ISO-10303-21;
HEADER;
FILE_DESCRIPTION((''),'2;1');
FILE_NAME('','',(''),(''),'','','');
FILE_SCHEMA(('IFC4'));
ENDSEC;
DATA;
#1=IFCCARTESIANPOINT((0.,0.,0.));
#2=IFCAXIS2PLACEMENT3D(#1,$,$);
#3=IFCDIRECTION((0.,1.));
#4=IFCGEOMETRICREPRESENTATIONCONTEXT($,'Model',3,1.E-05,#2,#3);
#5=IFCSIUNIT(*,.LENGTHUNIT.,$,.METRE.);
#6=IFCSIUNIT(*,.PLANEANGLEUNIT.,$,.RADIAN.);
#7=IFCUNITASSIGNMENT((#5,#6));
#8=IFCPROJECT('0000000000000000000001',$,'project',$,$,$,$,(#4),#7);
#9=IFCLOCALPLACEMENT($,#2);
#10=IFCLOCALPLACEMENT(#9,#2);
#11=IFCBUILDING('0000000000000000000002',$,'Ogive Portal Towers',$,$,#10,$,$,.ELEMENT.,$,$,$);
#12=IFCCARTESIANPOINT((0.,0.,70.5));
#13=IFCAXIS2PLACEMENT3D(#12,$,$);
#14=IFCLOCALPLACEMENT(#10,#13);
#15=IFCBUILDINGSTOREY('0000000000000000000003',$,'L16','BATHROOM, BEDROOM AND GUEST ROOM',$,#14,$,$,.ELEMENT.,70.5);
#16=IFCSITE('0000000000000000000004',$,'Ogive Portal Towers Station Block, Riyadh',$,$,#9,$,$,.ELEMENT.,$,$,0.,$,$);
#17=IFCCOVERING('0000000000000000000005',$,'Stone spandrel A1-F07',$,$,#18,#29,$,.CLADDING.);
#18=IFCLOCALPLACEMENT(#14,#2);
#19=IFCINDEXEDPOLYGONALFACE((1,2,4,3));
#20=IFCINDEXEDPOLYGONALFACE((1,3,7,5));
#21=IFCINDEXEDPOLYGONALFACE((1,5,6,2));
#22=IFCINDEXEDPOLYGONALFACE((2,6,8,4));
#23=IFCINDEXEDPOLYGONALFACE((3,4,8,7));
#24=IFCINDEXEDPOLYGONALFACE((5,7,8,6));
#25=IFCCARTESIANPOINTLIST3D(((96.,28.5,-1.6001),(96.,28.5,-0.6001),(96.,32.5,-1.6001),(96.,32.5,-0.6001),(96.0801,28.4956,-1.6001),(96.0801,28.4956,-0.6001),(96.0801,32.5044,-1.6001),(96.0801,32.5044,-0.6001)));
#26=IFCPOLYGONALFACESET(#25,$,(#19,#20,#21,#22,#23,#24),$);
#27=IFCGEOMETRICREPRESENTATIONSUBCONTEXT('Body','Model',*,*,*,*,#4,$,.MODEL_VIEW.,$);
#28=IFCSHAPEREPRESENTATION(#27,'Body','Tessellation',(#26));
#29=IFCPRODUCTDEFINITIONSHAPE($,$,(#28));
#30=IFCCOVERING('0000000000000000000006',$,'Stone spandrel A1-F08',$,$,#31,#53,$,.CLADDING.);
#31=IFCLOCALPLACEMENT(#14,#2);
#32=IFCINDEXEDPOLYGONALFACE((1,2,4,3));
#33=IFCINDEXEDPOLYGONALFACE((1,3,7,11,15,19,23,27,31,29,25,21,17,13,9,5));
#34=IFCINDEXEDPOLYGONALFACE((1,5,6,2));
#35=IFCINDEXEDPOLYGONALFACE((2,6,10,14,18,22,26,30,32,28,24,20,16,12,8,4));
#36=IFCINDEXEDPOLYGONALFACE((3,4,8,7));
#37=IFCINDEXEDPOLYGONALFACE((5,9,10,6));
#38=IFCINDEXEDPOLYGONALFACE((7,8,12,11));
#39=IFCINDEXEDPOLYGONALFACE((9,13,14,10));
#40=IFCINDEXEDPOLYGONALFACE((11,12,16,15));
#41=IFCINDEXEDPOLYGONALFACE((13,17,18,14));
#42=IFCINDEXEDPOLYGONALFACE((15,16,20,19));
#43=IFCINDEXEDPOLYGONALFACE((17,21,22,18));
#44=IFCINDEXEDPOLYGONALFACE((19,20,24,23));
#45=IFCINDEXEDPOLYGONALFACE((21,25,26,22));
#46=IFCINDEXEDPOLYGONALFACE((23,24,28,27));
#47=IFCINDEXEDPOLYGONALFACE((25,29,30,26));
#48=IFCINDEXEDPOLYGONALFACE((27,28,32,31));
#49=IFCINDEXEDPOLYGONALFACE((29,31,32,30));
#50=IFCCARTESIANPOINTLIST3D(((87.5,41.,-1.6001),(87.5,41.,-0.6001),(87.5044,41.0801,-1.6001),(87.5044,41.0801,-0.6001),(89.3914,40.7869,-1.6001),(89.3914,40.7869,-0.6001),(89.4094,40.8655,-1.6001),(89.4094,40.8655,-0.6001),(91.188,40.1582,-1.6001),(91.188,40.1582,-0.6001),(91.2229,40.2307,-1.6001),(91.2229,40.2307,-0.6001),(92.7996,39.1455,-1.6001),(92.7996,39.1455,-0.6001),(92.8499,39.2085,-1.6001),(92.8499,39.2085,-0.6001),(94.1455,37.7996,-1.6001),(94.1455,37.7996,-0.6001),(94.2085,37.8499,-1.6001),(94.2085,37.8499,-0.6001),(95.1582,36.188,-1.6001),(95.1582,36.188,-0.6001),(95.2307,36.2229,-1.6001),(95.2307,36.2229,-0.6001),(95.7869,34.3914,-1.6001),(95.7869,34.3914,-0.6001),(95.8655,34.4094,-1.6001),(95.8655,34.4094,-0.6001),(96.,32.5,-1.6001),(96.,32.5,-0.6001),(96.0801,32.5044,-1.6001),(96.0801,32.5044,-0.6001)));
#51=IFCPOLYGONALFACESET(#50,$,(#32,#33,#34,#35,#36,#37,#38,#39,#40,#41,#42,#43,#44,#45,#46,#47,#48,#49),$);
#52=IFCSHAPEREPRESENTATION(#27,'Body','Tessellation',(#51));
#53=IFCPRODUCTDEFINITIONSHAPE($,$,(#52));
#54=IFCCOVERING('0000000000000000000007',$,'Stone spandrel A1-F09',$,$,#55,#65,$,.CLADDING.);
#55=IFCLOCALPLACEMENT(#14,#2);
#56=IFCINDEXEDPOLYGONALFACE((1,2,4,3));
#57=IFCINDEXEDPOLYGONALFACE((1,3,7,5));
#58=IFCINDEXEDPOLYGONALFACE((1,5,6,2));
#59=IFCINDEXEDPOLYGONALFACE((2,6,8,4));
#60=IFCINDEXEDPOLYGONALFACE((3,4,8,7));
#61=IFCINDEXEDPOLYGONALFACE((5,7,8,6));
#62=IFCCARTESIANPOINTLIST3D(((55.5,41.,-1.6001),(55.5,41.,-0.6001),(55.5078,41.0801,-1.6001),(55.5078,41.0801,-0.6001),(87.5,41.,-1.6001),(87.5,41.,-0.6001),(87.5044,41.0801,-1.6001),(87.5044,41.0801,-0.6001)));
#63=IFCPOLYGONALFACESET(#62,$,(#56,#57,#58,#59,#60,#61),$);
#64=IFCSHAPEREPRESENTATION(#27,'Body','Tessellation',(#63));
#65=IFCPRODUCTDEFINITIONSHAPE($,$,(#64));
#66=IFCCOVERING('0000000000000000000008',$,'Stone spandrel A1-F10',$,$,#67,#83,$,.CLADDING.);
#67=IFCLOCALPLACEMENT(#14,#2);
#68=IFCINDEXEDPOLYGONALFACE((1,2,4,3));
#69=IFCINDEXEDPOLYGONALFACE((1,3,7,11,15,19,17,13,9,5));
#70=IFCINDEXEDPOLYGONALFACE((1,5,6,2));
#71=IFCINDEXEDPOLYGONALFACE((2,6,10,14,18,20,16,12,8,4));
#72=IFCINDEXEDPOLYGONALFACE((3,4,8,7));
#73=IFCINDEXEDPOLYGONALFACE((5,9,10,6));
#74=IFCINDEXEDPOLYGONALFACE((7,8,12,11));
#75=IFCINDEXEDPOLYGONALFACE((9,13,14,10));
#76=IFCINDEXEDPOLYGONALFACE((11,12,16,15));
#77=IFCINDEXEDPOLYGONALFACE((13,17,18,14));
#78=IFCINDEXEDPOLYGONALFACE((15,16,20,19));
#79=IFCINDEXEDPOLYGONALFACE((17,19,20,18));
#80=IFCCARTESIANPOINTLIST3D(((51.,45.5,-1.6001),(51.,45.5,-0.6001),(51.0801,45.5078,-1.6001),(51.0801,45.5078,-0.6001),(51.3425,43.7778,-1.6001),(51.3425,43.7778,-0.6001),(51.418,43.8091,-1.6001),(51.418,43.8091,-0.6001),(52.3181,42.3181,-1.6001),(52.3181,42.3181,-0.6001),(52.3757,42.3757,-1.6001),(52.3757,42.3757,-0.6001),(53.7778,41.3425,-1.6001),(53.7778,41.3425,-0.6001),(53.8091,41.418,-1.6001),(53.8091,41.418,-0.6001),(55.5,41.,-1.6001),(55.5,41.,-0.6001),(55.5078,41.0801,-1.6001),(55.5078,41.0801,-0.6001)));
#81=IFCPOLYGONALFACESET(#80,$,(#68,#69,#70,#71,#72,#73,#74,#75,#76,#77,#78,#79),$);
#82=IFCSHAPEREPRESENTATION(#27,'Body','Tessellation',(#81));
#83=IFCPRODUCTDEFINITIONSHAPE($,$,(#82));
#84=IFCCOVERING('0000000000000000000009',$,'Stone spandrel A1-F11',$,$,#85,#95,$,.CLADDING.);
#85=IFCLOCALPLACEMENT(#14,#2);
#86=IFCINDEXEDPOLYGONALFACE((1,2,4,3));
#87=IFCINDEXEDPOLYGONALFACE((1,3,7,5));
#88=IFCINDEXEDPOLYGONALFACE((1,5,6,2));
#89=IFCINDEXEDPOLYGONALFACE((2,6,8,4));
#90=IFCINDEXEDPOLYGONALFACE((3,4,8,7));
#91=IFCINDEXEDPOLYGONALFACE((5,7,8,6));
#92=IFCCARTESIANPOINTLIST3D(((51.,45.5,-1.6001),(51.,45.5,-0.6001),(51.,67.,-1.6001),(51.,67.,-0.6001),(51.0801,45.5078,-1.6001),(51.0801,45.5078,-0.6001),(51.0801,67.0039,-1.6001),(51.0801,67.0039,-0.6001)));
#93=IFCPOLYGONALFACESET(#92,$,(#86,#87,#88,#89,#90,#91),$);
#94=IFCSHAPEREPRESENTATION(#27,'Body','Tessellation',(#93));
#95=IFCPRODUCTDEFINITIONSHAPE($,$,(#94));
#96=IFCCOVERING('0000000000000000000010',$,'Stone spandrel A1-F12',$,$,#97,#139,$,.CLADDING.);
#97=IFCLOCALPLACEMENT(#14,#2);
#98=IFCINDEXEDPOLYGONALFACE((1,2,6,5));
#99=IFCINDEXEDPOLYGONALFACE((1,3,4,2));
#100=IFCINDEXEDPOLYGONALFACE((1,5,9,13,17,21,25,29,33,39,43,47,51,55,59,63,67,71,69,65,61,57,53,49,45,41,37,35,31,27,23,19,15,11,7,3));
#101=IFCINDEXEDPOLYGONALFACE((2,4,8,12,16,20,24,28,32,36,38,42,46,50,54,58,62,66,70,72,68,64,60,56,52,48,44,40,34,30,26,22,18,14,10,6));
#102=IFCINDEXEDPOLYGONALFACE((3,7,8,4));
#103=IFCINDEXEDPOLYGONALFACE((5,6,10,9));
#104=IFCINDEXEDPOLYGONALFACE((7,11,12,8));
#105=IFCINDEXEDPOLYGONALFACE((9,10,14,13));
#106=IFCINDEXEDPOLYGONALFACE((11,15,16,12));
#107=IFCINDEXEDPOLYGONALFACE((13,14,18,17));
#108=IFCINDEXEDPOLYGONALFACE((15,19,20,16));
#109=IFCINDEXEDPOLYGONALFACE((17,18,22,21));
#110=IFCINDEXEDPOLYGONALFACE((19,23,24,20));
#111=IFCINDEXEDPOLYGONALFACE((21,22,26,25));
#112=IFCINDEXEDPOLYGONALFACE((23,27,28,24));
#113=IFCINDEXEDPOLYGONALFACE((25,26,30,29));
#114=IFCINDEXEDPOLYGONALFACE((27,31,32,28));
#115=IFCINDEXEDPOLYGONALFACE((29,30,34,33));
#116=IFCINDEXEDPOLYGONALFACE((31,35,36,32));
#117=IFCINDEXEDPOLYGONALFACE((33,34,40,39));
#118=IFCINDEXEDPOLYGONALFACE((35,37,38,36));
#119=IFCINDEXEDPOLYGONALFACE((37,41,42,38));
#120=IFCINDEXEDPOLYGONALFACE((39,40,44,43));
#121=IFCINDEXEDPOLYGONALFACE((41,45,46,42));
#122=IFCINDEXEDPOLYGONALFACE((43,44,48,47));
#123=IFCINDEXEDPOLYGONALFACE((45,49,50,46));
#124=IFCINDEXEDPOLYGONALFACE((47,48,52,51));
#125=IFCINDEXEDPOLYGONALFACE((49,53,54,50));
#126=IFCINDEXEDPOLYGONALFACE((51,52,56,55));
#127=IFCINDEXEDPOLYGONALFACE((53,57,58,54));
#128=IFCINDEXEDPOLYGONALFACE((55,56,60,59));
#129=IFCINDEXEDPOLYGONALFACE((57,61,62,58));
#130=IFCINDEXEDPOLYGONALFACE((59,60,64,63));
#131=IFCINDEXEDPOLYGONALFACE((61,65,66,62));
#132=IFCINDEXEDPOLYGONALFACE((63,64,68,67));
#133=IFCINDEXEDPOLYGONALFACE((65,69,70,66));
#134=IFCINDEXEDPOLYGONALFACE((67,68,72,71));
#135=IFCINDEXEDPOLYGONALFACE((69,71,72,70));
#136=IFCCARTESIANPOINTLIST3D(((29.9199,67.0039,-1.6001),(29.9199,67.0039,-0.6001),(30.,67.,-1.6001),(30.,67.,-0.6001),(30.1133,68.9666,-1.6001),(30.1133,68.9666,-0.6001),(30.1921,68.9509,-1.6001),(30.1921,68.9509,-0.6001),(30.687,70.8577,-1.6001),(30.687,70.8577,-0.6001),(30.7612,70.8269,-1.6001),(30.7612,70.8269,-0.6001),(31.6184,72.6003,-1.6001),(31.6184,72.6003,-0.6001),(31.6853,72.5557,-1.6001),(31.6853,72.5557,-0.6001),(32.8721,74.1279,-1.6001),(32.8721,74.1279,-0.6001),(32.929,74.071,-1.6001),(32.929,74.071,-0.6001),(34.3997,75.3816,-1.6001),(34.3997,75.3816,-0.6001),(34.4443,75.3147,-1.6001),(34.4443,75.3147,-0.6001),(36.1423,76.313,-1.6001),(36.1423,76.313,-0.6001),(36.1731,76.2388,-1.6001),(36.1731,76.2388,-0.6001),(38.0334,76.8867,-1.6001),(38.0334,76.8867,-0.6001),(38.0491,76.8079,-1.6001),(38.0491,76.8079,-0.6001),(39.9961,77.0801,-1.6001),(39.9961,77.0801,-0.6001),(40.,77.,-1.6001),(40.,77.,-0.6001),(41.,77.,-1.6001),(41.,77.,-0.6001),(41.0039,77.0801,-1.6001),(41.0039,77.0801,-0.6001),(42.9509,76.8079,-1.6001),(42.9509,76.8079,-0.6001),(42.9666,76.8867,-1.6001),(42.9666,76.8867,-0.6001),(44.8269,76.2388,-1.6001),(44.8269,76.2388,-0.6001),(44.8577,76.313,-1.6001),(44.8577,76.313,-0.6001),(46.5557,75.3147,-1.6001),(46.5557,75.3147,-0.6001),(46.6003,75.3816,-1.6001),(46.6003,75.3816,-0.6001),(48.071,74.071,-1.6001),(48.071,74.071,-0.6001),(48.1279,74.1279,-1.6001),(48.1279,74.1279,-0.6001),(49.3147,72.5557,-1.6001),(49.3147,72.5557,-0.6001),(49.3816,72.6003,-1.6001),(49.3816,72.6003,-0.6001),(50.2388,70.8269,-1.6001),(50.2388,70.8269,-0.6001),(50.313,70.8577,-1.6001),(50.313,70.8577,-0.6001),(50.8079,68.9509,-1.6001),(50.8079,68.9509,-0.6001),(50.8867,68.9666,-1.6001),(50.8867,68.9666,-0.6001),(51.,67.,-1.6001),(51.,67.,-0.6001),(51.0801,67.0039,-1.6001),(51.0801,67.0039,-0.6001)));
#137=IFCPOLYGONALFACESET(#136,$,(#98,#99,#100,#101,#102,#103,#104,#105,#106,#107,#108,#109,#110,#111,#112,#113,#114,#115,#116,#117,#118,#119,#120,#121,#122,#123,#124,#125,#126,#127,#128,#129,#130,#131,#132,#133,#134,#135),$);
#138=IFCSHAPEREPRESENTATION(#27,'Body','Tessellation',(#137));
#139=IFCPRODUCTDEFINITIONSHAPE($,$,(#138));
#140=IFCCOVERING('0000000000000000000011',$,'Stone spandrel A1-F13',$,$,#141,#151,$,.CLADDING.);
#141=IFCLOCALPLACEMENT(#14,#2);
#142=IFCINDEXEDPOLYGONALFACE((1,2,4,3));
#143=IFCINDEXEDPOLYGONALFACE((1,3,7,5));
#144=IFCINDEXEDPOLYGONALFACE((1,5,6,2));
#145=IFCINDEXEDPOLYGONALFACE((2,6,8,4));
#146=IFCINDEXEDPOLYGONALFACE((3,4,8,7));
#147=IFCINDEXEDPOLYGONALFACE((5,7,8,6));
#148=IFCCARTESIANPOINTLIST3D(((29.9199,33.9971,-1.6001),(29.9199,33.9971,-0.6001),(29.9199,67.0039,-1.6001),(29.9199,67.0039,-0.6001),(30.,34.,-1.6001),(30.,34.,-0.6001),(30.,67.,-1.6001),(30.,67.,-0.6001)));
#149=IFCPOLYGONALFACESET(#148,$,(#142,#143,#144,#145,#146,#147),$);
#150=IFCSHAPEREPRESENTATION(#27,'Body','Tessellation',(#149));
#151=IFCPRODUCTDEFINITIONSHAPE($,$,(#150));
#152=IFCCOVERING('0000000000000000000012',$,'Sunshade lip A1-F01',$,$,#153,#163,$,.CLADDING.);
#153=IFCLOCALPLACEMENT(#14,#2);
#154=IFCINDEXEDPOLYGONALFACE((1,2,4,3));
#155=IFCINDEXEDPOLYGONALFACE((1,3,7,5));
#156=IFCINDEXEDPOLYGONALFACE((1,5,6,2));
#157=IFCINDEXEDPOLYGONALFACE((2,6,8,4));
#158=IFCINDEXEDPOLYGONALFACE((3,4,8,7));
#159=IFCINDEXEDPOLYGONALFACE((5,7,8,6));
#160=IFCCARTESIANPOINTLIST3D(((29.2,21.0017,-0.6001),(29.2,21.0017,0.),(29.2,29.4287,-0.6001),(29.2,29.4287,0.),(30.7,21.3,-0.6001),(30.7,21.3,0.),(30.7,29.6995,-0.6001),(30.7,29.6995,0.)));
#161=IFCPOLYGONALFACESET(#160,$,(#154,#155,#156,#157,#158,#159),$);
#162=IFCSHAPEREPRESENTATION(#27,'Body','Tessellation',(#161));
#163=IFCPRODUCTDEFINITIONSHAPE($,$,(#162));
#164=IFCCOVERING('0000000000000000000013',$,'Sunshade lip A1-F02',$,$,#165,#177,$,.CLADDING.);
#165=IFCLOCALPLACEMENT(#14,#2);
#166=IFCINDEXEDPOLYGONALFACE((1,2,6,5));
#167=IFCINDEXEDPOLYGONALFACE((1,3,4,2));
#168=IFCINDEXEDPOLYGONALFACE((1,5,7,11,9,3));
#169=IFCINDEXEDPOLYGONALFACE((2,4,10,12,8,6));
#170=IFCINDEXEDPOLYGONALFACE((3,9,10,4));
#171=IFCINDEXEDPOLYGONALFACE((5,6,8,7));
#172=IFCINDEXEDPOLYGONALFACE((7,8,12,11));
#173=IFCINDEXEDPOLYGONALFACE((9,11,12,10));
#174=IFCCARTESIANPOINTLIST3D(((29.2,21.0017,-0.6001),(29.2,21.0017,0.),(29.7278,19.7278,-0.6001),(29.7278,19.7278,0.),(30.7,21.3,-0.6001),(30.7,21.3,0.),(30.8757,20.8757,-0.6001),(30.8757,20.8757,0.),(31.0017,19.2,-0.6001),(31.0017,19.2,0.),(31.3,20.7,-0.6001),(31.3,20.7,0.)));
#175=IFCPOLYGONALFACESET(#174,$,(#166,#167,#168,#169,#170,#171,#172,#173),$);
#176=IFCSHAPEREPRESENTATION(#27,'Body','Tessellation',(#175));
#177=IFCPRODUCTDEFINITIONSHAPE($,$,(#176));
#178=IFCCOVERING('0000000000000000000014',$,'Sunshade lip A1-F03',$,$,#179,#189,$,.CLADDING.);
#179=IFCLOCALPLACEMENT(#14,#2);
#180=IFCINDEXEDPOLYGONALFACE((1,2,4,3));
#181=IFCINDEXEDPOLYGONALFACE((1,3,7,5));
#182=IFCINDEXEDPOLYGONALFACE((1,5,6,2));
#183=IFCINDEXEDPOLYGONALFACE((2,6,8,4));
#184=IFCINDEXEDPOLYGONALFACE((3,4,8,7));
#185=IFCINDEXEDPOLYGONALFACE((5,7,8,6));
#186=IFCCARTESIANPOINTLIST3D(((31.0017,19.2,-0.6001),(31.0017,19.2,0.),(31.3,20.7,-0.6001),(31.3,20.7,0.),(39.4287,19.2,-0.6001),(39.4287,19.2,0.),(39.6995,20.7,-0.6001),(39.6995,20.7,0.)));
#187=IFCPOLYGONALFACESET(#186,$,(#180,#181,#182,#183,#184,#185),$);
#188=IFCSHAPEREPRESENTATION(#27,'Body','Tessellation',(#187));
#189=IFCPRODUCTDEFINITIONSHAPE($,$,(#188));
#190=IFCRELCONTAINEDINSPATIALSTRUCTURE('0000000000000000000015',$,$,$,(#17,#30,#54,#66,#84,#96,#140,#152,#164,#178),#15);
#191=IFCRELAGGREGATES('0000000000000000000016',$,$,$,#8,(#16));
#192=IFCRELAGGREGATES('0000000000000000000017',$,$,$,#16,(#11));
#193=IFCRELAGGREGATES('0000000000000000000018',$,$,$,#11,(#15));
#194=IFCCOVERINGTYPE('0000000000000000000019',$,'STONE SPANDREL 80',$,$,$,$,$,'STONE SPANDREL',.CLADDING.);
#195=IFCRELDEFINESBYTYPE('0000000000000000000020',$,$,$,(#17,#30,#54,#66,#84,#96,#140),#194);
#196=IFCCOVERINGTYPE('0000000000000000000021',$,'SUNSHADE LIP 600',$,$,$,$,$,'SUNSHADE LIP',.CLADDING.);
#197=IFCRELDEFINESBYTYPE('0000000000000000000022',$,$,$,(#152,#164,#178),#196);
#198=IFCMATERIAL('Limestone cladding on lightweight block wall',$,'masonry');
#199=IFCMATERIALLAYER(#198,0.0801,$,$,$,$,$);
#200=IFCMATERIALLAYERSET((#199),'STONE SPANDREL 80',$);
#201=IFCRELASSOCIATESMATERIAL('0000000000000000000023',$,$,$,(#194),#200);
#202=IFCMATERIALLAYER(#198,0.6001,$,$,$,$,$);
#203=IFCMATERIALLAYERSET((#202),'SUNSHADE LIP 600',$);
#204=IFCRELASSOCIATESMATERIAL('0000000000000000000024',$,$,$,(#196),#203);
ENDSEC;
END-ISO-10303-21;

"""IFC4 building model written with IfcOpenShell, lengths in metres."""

from ifc_helpers import new_model, si_unit, direction, frame, origin, place, context, subcontext, project, spatial, polyline, outline, extrude, material, layer, layer_set, type_object, element, save


model = new_model("IFC4")

# Units and contexts
model_context = context("Model", 3, precision=1e-05, world=origin(), true_north=direction((0.0, 1.0)))
body_context = subcontext(model_context, "Body", "Model", "MODEL_VIEW")
ifc_project = project(units=[si_unit("LENGTHUNIT", "METRE"), si_unit("PLANEANGLEUNIT", "RADIAN")], contexts=[model_context])

# Site, building, storey
site_placement = place(None, origin())
site = spatial("IfcSite", under=ifc_project, at=site_placement, Name="Ogive Portal Towers Station Block, Riyadh", CompositionType="ELEMENT", RefElevation=0.0)
building_placement = place(site_placement, origin())
building = spatial("IfcBuilding", under=site, at=building_placement, Name="Ogive Portal Towers", CompositionType="ELEMENT")
storey_placement = place(building_placement, frame((0.0, 0.0, 70.5)))
storey = spatial("IfcBuildingStorey", under=building, at=storey_placement, Name="L16", Description="BATHROOM, BEDROOM AND GUEST ROOM", CompositionType="ELEMENT", Elevation=70.5)

# Coverings
ifc_material_1 = material(Name="Limestone cladding on lightweight block wall", Category="masonry")
ifc_layer_1 = layer(ifc_material_1, 0.0801)
ifc_layer_set_1 = layer_set([ifc_layer_1], Name="STONE SPANDREL 80")
covering_type_1 = type_object("IfcCoveringType", Name="STONE SPANDREL 80", ElementType="STONE SPANDREL", PredefinedType="CLADDING", material=ifc_layer_set_1)
covering_1_placement = place(storey_placement, frame((0.0, 0.0, -1.6001)))
element("IfcCovering", 1, at=covering_1_placement, inside=storey, type_object=covering_type_1, Name="Stone spandrel A1-F07", PredefinedType="CLADDING", context=body_context, shape_type="SweptSolid", body=[
    extrude(outline(polyline([(96.0, 28.5), (96.0, 32.5), (96.0801, 32.5044), (96.0801, 28.4956), (96.0, 28.5)])), origin(), (0.0, 0.0, 1.0), 1.0),
])
covering_2_placement = place(storey_placement, frame((0.0, 0.0, -1.6001)))
element("IfcCovering", 2, at=covering_2_placement, inside=storey, type_object=covering_type_1, Name="Stone spandrel A1-F08", PredefinedType="CLADDING", context=body_context, shape_type="SweptSolid", body=[
    extrude(outline(polyline([(96.0, 32.5), (95.7869, 34.3914), (95.1582, 36.188), (94.1455, 37.7996), (92.7996, 39.1455), (91.188, 40.1582), (89.3914, 40.7869), (87.5, 41.0), (87.5044, 41.0801), (89.4094, 40.8655), (91.2229, 40.2307), (92.8499, 39.2085), (94.2085, 37.8499), (95.2307, 36.2229), (95.8655, 34.4094), (96.0801, 32.5044), (96.0, 32.5)])), origin(), (0.0, 0.0, 1.0), 1.0),
])
covering_3_placement = place(storey_placement, frame((0.0, 0.0, -1.6001)))
element("IfcCovering", 3, at=covering_3_placement, inside=storey, type_object=covering_type_1, Name="Stone spandrel A1-F09", PredefinedType="CLADDING", context=body_context, shape_type="SweptSolid", body=[
    extrude(outline(polyline([(87.5, 41.0), (55.5, 41.0), (55.5078, 41.0801), (87.5044, 41.0801), (87.5, 41.0)])), origin(), (0.0, 0.0, 1.0), 1.0),
])
covering_4_placement = place(storey_placement, frame((0.0, 0.0, -1.6001)))
element("IfcCovering", 4, at=covering_4_placement, inside=storey, type_object=covering_type_1, Name="Stone spandrel A1-F10", PredefinedType="CLADDING", context=body_context, shape_type="SweptSolid", body=[
    extrude(outline(polyline([(55.5, 41.0), (53.7778, 41.3425), (52.3181, 42.3181), (51.3425, 43.7778), (51.0, 45.5), (51.0801, 45.5078), (51.418, 43.8091), (52.3757, 42.3757), (53.8091, 41.418), (55.5078, 41.0801), (55.5, 41.0)])), origin(), (0.0, 0.0, 1.0), 1.0),
])
covering_5_placement = place(storey_placement, frame((0.0, 0.0, -1.6001)))
element("IfcCovering", 5, at=covering_5_placement, inside=storey, type_object=covering_type_1, Name="Stone spandrel A1-F11", PredefinedType="CLADDING", context=body_context, shape_type="SweptSolid", body=[
    extrude(outline(polyline([(51.0, 45.5), (51.0, 67.0), (51.0801, 67.0039), (51.0801, 45.5078), (51.0, 45.5)])), origin(), (0.0, 0.0, 1.0), 1.0),
])
covering_6_placement = place(storey_placement, frame((0.0, 0.0, -1.6001)))
element("IfcCovering", 6, at=covering_6_placement, inside=storey, type_object=covering_type_1, Name="Stone spandrel A1-F12", PredefinedType="CLADDING", context=body_context, shape_type="SweptSolid", body=[
    extrude(outline(polyline([(51.0, 67.0), (50.8079, 68.9509), (50.2388, 70.8269), (49.3147, 72.5557), (48.071, 74.071), (46.5557, 75.3147), (44.8269, 76.2388), (42.9509, 76.8079), (41.0, 77.0), (40.0, 77.0), (38.0491, 76.8079), (36.1731, 76.2388), (34.4443, 75.3147), (32.929, 74.071), (31.6853, 72.5557), (30.7612, 70.8269), (30.1921, 68.9509), (30.0, 67.0), (29.9199, 67.0039), (30.1133, 68.9666), (30.687, 70.8577), (31.6184, 72.6003), (32.8721, 74.1279), (34.3997, 75.3816), (36.1423, 76.313), (38.0334, 76.8867), (39.9961, 77.0801), (41.0039, 77.0801), (42.9666, 76.8867), (44.8577, 76.313), (46.6003, 75.3816), (48.1279, 74.1279), (49.3816, 72.6003), (50.313, 70.8577), (50.8867, 68.9666), (51.0801, 67.0039), (51.0, 67.0)])), origin(), (0.0, 0.0, 1.0), 1.0),
])
covering_7_placement = place(storey_placement, frame((0.0, 0.0, -1.6001)))
element("IfcCovering", 7, at=covering_7_placement, inside=storey, type_object=covering_type_1, Name="Stone spandrel A1-F13", PredefinedType="CLADDING", context=body_context, shape_type="SweptSolid", body=[
    extrude(outline(polyline([(30.0, 67.0), (30.0, 34.0), (29.9199, 33.9971), (29.9199, 67.0039), (30.0, 67.0)])), origin(), (0.0, 0.0, 1.0), 1.0),
])
ifc_layer_2 = layer(ifc_material_1, 0.6001)
ifc_layer_set_2 = layer_set([ifc_layer_2], Name="SUNSHADE LIP 600")
covering_type_2 = type_object("IfcCoveringType", Name="SUNSHADE LIP 600", ElementType="SUNSHADE LIP", PredefinedType="CLADDING", material=ifc_layer_set_2)
covering_8_placement = place(storey_placement, frame((0.0, 0.0, -0.6001)))
element("IfcCovering", 8, at=covering_8_placement, inside=storey, type_object=covering_type_2, Name="Sunshade lip A1-F01", PredefinedType="CLADDING", context=body_context, shape_type="SweptSolid", body=[
    extrude(outline(polyline([(30.7, 29.6995), (30.7, 21.3), (29.2, 21.0017), (29.2, 29.4287), (30.7, 29.6995)])), origin(), (0.0, 0.0, 1.0), 0.6001),
])
covering_9_placement = place(storey_placement, frame((0.0, 0.0, -0.6001)))
element("IfcCovering", 9, at=covering_9_placement, inside=storey, type_object=covering_type_2, Name="Sunshade lip A1-F02", PredefinedType="CLADDING", context=body_context, shape_type="SweptSolid", body=[
    extrude(outline(polyline([(30.7, 21.3), (30.8757, 20.8757), (31.3, 20.7), (31.0017, 19.2), (29.7278, 19.7278), (29.2, 21.0017), (30.7, 21.3)])), origin(), (0.0, 0.0, 1.0), 0.6001),
])
covering_10_placement = place(storey_placement, frame((0.0, 0.0, -0.6001)))
element("IfcCovering", 10, at=covering_10_placement, inside=storey, type_object=covering_type_2, Name="Sunshade lip A1-F03", PredefinedType="CLADDING", context=body_context, shape_type="SweptSolid", body=[
    extrude(outline(polyline([(31.3, 20.7), (39.6995, 20.7), (39.4287, 19.2), (31.0017, 19.2), (31.3, 20.7)])), origin(), (0.0, 0.0, 1.0), 0.6001),
])

save(model, "model.ifc")
